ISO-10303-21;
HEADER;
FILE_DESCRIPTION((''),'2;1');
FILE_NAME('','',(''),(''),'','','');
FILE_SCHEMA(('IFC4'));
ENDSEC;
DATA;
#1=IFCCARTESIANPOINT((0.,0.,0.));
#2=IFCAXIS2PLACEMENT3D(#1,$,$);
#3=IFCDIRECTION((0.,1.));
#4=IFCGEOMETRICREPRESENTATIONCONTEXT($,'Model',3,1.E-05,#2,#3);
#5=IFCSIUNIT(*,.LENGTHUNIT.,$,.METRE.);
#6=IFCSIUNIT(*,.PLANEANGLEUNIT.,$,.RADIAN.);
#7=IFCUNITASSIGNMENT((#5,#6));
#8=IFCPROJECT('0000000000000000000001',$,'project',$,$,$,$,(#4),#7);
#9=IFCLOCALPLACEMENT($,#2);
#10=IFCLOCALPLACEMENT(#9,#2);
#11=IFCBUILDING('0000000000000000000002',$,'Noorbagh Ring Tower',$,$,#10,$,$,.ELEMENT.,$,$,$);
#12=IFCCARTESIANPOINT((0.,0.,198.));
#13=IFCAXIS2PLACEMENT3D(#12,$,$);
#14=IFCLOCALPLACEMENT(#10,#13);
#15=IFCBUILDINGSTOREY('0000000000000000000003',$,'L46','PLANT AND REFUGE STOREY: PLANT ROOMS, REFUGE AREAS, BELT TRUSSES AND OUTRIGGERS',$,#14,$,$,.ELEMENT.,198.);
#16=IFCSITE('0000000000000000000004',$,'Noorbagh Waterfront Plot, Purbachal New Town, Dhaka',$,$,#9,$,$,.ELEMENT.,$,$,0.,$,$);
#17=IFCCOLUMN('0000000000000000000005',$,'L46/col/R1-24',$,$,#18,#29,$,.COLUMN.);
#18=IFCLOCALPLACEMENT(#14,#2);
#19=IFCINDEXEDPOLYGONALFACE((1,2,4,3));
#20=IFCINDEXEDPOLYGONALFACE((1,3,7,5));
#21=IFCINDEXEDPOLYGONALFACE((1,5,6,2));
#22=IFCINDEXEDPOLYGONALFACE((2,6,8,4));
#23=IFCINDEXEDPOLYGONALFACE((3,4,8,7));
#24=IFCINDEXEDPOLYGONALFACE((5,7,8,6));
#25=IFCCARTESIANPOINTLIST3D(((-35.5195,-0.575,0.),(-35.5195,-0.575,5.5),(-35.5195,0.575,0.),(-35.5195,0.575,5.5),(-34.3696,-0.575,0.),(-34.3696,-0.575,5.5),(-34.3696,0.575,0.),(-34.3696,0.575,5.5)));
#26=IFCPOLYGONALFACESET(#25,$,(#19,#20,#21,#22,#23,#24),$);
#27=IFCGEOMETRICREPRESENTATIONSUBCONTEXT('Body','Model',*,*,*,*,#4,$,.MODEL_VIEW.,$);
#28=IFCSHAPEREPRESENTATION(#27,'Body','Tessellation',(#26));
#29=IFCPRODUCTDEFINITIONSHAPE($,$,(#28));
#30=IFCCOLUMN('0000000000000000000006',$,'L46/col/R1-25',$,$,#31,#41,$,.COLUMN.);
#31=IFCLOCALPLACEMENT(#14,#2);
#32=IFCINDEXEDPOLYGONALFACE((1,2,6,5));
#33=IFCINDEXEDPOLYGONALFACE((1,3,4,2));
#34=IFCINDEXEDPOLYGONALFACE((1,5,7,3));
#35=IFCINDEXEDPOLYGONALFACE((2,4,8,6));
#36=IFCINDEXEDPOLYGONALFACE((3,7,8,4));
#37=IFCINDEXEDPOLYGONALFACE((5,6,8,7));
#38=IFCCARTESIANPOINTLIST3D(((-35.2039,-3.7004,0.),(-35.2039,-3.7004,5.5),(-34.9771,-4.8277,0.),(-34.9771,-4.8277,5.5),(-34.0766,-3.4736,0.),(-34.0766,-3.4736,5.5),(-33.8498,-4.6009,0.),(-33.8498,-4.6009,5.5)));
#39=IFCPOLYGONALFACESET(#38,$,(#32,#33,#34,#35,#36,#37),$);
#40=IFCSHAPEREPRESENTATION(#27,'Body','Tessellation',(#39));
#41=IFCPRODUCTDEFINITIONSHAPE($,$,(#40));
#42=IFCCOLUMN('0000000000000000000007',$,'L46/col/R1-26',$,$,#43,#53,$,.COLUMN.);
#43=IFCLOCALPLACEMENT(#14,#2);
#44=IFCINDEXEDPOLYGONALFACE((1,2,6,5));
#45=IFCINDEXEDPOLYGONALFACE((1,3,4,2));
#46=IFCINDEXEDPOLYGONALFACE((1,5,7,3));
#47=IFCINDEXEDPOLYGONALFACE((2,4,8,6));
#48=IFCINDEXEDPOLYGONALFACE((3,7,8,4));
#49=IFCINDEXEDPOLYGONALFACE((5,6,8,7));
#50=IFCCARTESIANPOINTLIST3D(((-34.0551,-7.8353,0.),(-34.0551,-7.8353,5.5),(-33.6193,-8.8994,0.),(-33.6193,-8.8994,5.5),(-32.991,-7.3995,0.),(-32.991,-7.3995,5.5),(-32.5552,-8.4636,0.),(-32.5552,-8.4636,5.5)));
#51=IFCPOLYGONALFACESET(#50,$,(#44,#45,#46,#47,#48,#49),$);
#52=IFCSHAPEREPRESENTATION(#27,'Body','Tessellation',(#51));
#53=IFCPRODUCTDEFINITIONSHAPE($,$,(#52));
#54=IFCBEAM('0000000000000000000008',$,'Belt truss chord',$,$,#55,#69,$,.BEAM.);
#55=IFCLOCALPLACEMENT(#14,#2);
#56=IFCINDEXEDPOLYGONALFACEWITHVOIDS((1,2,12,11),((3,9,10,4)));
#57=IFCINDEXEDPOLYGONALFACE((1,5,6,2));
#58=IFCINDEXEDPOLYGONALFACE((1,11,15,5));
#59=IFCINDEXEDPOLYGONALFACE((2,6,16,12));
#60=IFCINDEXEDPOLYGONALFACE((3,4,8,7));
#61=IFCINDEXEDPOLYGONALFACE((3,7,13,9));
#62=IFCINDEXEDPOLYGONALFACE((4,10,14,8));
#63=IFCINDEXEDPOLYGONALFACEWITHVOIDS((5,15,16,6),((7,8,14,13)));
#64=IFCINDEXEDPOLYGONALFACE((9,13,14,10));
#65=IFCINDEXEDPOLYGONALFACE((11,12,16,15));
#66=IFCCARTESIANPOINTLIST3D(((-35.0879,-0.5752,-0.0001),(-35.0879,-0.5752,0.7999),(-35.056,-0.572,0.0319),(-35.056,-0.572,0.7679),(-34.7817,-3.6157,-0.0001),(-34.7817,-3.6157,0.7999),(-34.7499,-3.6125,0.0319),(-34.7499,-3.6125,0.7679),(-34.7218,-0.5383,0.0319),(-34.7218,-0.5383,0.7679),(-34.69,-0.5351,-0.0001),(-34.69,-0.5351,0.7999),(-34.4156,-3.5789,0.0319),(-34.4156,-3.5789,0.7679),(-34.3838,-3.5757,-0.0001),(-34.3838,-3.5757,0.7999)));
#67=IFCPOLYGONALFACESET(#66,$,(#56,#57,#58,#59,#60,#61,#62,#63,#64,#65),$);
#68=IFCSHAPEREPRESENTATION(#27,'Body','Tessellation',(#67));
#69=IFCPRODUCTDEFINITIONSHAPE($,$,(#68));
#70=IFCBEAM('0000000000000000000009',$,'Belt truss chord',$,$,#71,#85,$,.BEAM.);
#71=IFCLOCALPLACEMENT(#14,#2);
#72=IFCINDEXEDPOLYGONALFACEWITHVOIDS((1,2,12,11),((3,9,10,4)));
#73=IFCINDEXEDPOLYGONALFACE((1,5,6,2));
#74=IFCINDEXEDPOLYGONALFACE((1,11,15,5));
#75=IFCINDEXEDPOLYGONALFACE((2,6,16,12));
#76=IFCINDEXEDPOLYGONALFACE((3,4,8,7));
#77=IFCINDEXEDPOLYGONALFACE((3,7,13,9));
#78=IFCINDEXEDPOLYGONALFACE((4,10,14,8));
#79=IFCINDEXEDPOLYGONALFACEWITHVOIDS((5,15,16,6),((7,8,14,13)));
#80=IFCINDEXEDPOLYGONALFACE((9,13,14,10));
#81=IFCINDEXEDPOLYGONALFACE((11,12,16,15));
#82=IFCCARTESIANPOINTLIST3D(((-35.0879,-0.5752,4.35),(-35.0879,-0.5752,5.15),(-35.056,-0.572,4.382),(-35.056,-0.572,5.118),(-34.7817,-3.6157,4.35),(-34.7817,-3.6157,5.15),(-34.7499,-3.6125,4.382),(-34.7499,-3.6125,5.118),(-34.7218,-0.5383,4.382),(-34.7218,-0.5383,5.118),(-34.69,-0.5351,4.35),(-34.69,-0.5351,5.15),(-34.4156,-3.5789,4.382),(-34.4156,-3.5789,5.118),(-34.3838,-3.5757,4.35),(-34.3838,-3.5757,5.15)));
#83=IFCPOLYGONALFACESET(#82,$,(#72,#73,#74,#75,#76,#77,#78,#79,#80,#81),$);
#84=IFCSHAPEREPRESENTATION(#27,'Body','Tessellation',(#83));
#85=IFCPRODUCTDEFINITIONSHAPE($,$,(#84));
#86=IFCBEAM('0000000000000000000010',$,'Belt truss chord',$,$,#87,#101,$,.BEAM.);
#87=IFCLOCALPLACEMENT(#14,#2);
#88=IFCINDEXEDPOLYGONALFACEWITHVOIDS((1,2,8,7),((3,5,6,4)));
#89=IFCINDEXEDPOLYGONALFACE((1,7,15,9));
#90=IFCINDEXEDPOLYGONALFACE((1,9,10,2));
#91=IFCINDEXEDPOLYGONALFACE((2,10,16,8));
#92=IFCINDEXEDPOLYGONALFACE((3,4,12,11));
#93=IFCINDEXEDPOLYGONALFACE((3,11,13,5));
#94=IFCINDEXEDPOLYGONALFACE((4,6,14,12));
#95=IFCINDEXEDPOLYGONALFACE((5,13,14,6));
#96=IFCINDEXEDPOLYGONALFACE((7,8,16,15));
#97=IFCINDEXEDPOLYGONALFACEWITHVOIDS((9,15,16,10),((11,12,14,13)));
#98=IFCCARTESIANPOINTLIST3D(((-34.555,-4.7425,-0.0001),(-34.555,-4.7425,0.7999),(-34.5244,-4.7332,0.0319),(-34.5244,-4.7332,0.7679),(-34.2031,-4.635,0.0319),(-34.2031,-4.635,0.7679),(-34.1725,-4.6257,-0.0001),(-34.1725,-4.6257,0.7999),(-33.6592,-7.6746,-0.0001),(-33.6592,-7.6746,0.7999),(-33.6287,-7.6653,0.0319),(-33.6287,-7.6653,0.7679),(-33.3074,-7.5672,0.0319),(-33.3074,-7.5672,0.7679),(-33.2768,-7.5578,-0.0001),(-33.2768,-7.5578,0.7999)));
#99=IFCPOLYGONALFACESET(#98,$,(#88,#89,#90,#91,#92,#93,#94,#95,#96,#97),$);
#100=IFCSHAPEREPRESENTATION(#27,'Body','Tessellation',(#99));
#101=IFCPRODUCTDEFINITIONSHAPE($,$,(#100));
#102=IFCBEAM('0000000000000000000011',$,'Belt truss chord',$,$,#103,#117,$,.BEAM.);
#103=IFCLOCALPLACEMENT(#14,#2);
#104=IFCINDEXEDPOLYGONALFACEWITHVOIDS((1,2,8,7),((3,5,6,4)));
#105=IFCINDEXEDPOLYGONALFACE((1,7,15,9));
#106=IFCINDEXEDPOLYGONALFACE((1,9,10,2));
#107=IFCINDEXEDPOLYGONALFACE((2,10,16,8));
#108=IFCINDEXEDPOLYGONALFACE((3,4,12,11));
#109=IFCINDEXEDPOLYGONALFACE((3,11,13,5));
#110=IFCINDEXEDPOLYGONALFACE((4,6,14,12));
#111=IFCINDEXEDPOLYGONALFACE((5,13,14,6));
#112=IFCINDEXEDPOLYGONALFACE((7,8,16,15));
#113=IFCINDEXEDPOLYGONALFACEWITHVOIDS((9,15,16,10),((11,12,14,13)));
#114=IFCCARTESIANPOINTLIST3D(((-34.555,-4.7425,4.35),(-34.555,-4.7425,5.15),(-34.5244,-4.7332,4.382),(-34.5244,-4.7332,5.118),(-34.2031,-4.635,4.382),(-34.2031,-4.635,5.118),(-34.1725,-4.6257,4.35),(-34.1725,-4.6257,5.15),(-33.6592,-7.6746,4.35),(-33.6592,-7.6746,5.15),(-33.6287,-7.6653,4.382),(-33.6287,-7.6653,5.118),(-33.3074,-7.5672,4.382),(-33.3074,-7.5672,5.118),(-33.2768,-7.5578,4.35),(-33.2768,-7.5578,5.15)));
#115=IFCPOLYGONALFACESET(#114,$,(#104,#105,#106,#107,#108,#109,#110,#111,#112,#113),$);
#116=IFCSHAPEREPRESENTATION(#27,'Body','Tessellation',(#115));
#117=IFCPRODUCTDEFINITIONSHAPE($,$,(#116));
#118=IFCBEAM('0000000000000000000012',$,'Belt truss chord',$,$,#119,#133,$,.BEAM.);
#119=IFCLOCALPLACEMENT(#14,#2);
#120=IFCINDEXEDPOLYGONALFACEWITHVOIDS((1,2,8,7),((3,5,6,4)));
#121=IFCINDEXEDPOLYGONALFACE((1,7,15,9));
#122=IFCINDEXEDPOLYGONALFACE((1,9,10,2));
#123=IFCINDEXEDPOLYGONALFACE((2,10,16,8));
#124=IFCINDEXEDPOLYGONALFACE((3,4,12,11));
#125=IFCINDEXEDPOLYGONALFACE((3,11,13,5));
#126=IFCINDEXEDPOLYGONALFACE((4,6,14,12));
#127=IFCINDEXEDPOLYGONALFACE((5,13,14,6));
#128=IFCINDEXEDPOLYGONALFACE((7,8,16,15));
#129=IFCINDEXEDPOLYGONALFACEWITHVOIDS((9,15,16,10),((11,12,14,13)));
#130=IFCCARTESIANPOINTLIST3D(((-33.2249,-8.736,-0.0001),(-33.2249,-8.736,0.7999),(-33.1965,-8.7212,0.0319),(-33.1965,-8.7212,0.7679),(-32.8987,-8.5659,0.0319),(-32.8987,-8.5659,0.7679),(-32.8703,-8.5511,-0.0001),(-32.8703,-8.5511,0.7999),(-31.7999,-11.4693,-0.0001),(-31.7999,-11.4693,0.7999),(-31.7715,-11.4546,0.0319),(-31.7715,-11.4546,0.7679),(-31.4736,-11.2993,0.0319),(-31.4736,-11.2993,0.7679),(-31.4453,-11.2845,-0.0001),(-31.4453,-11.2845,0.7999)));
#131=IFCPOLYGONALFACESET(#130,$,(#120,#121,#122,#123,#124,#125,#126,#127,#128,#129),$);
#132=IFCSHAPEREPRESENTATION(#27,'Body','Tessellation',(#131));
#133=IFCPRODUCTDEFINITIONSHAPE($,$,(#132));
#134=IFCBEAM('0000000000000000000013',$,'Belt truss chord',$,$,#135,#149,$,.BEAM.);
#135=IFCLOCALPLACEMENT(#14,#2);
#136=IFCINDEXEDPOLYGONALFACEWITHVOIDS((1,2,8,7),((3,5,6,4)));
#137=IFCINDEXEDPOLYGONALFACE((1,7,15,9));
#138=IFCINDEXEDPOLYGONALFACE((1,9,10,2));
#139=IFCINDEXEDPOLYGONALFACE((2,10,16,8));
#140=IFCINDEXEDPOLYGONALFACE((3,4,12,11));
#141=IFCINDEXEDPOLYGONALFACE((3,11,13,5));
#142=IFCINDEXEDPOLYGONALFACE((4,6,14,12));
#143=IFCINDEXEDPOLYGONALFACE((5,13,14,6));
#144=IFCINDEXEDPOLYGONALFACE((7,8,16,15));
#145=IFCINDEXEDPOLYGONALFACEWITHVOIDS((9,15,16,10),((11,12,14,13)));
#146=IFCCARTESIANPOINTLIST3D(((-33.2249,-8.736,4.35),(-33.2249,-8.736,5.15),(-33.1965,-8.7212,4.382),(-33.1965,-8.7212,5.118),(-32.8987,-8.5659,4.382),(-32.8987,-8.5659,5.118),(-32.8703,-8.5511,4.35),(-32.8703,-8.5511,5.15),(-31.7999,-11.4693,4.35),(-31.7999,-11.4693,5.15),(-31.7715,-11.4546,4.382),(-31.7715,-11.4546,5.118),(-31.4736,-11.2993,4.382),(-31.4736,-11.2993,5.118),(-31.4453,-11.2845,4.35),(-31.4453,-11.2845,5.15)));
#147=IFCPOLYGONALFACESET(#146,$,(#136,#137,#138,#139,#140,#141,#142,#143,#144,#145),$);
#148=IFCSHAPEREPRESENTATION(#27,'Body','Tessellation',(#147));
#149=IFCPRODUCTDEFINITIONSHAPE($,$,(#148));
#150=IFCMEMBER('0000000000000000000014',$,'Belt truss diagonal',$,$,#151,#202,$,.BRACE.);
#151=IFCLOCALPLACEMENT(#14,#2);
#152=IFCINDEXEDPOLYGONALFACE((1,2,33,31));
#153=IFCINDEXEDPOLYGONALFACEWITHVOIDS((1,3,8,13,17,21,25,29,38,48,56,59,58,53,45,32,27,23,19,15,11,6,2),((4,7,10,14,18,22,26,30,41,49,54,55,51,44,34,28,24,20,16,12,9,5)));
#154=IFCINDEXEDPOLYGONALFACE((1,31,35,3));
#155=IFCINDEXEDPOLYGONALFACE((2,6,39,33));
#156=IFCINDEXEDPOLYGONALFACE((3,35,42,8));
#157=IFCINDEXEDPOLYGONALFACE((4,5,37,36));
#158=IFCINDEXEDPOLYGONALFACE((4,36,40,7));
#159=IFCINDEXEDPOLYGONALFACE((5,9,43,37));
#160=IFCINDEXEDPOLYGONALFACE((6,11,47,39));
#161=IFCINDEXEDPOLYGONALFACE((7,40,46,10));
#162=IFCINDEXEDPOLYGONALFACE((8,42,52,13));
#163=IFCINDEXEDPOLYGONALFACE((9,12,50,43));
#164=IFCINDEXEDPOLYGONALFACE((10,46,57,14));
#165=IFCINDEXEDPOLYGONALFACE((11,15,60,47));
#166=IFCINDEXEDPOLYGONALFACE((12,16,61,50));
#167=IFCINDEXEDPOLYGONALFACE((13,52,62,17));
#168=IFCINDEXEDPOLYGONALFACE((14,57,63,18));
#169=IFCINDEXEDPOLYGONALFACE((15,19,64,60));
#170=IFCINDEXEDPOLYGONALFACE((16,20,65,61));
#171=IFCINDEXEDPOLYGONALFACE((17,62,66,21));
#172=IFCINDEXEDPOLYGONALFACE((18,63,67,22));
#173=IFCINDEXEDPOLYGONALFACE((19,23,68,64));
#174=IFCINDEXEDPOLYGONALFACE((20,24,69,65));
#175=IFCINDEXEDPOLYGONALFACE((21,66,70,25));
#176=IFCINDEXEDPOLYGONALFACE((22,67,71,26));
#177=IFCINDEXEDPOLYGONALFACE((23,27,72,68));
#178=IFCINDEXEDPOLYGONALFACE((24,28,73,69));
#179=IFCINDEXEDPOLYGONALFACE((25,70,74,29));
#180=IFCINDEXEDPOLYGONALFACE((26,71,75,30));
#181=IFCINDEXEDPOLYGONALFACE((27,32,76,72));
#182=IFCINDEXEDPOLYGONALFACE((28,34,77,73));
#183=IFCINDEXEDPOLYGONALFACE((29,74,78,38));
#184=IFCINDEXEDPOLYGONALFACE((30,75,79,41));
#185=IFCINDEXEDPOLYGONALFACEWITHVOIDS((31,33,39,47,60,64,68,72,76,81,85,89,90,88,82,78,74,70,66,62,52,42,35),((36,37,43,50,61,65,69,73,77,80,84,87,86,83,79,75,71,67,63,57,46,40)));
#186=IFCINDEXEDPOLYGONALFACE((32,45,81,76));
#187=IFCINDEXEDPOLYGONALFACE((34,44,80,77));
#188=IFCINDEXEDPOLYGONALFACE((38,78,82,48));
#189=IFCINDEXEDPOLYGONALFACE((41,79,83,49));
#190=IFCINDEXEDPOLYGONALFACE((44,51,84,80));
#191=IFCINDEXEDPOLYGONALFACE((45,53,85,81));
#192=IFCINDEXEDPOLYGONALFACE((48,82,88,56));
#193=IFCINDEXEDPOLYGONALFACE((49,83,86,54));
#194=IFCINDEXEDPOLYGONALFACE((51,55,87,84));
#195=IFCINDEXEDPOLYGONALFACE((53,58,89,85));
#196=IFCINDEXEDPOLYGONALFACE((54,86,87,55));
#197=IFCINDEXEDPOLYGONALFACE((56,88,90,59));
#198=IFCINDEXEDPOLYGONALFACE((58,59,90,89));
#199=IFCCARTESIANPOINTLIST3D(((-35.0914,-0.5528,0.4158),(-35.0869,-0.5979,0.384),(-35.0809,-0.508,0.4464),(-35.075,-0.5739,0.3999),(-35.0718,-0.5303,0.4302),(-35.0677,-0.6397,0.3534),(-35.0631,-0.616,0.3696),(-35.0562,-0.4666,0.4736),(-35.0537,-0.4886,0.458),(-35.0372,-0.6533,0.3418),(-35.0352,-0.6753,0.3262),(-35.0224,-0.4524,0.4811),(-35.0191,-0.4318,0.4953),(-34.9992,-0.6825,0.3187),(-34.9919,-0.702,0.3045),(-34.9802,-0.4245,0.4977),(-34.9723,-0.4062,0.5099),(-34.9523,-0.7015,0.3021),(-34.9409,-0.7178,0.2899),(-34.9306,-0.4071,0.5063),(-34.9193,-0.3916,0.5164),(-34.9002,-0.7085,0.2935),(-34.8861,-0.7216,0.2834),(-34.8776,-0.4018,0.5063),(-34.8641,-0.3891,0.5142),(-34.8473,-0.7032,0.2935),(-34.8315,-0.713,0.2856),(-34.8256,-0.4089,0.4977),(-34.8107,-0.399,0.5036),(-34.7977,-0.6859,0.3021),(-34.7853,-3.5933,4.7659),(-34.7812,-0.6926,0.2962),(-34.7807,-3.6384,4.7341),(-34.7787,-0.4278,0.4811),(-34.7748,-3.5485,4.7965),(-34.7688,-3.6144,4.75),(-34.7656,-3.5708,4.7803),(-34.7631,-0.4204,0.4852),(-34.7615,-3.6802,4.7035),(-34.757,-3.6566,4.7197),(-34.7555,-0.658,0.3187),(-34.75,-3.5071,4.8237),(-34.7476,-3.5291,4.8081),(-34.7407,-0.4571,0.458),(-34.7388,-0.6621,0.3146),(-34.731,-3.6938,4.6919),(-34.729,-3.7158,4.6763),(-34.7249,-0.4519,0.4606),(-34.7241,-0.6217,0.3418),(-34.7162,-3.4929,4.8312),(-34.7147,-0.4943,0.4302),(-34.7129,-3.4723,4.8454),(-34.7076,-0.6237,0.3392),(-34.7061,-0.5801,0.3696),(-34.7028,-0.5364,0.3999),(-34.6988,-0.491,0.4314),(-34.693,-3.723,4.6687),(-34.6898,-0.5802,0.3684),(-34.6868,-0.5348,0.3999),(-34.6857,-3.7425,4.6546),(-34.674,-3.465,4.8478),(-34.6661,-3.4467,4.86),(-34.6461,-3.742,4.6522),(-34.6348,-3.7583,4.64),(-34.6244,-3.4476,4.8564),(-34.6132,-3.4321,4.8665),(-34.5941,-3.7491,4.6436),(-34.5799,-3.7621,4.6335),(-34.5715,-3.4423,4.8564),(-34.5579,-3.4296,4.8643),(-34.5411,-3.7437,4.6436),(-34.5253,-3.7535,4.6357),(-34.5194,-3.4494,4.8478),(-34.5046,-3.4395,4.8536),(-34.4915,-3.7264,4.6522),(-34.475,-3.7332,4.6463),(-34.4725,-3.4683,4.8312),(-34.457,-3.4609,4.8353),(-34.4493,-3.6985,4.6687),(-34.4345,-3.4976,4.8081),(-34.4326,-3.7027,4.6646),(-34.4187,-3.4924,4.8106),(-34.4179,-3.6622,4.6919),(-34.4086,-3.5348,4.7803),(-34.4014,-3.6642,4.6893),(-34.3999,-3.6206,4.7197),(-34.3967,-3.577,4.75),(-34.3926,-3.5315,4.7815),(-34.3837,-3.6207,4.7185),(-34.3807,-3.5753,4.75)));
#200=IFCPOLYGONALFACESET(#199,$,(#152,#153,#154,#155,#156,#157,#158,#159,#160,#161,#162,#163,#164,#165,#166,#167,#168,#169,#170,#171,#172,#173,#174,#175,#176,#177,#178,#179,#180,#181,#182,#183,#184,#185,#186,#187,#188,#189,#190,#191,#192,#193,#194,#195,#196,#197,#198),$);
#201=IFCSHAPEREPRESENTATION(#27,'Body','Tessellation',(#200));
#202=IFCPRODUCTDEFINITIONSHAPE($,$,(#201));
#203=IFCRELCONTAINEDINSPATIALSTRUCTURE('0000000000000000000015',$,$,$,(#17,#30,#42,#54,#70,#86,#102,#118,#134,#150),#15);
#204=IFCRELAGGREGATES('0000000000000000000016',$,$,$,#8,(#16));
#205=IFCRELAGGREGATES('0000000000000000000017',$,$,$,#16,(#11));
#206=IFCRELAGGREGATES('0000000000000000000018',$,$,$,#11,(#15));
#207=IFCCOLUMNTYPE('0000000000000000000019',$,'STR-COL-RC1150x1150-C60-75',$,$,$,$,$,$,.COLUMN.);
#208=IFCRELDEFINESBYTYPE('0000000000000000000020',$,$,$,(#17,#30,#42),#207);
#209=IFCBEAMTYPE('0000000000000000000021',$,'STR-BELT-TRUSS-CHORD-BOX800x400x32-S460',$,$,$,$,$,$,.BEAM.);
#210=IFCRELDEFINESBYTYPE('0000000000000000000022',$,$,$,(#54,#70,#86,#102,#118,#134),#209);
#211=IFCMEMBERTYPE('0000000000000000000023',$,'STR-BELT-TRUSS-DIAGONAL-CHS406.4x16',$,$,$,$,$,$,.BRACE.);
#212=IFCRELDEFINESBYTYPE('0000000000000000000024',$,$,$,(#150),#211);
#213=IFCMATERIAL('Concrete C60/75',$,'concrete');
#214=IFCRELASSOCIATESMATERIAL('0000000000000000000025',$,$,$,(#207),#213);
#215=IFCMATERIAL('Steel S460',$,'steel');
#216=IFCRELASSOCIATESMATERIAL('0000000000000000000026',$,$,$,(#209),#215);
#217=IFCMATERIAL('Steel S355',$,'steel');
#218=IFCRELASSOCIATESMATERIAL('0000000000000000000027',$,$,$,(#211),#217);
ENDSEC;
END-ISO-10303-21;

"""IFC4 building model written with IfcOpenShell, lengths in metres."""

from ifc_helpers import new_model, si_unit, direction, frame, origin, origin_2d, place, context, subcontext, project, spatial, rectangle, hollow_rectangle, hollow_circle, extrude, material, material_profile, profile_set, type_object, element, save


model = new_model("IFC4")

# Units and contexts
model_context = context("Model", 3, precision=1e-05, world=origin(), true_north=direction((0.0, 1.0)))
body_context = subcontext(model_context, "Body", "Model", "MODEL_VIEW")
ifc_project = project(units=[si_unit("LENGTHUNIT", "METRE"), si_unit("PLANEANGLEUNIT", "RADIAN")], contexts=[model_context])

# Site, building, storey
site_placement = place(None, origin())
site = spatial("IfcSite", under=ifc_project, at=site_placement, Name="Noorbagh Waterfront Plot, Purbachal New Town, Dhaka", CompositionType="ELEMENT", RefElevation=0.0)
building_placement = place(site_placement, origin())
building = spatial("IfcBuilding", under=site, at=building_placement, Name="Noorbagh Ring Tower", CompositionType="ELEMENT")
storey_placement = place(building_placement, frame((0.0, 0.0, 198.0)))
storey = spatial("IfcBuildingStorey", under=building, at=storey_placement, Name="L46", Description="PLANT AND REFUGE STOREY: PLANT ROOMS, REFUGE AREAS, BELT TRUSSES AND OUTRIGGERS", CompositionType="ELEMENT", Elevation=198.0)

# Columns
ifc_material_1 = material(Name="Concrete C60/75", Category="concrete")
ifc_material_profile_1 = material_profile(ifc_material_1, rectangle(XDim=1.1499, YDim=1.1499, at=origin_2d()), Name="RC1150x1150")
ifc_profile_set_1 = profile_set([ifc_material_profile_1], Name="Concrete C60/75")
column_type = type_object("IfcColumnType", Name="STR-COL-RC1150x1150-C60-75", PredefinedType="COLUMN", material=ifc_profile_set_1)
for number, where, z_axis, x_axis, name in (
    (1, (-34.9446, 0.0, 0.0), (0.0, 0.0, 1.0), (0.0, -1.0, 0.0), "L46/col/R1-24"),
    (2, (-34.5269, -4.1506, 0.0), (0.0, 0.0, 1.0), (0.19723, -0.980357, 0.0), "L46/col/R1-25"),
    (3, (-33.3052, -8.1494, 0.0), (0.0, 0.0, 1.0), (0.378989, -0.925401, 0.0), "L46/col/R1-26"),
):
    element("IfcColumn", number, at=place(storey_placement, frame(where, z_axis=z_axis, x_axis=x_axis)), inside=storey, type_object=column_type, Name=name, PredefinedType="COLUMN", context=body_context, shape_type="SweptSolid", body=[
        extrude(rectangle(XDim=1.1499, YDim=1.1499, at=origin_2d()), origin(), (0.0, 0.0, 1.0), 5.5),
    ])

# Beams
ifc_material_2 = material(Name="Steel S460", Category="steel")
ifc_material_profile_2 = material_profile(ifc_material_2, hollow_rectangle(XDim=0.3999, YDim=0.8, WallThickness=0.032, at=origin_2d()), Name="BOX800x400x32")
ifc_profile_set_2 = profile_set([ifc_material_profile_2], Name="Steel S460")
beam_type_1 = type_object("IfcBeamType", Name="STR-BELT-TRUSS-CHORD-BOX800x400x32-S460", PredefinedType="BEAM", material=ifc_profile_set_2)
for number, where, z_axis, x_axis, name in (
    (4, (-34.8889, -0.5552, 0.3999), (0.100184, -0.994969, 0.0), (0.994969, 0.100184, 0.0), "Belt truss chord"),
    (5, (-34.8889, -0.5552, 4.75), (0.100184, -0.994969, 0.0), (0.994969, 0.100184, 0.0), "Belt truss chord"),
):
    element("IfcBeam", number, at=place(storey_placement, frame(where, z_axis=z_axis, x_axis=x_axis)), inside=storey, type_object=beam_type_1, Name=name, PredefinedType="BEAM", context=body_context, shape_type="SweptSolid", body=[
        extrude(hollow_rectangle(XDim=0.3999, YDim=0.8, WallThickness=0.032, at=origin_2d()), origin(), (0.0, 0.0, 1.0), 3.0559),
    ])
for number, where, z_axis, x_axis, name in (
    (6, (-34.3638, -4.6841, 0.3999), (0.292166, -0.956368, 0.0), (0.956368, 0.292166, 0.0), "Belt truss chord"),
    (7, (-34.3638, -4.6841, 4.75), (0.292166, -0.956368, 0.0), (0.956368, 0.292166, 0.0), "Belt truss chord"),
):
    element("IfcBeam", number, at=place(storey_placement, frame(where, z_axis=z_axis, x_axis=x_axis)), inside=storey, type_object=beam_type_1, Name=name, PredefinedType="BEAM", context=body_context, shape_type="SweptSolid", body=[
        extrude(hollow_rectangle(XDim=0.3999, YDim=0.8, WallThickness=0.032, at=origin_2d()), origin(), (0.0, 0.0, 1.0), 3.0659),
    ])
for number, where, z_axis, x_axis, name in (
    (8, (-33.0476, -8.6436, 0.3999), (0.462293, -0.886727, 0.0), (0.886727, 0.462293, 0.0), "Belt truss chord"),
    (9, (-33.0476, -8.6436, 4.75), (0.462293, -0.886727, 0.0), (0.886727, 0.462293, 0.0), "Belt truss chord"),
):
    element("IfcBeam", number, at=place(storey_placement, frame(where, z_axis=z_axis, x_axis=x_axis)), inside=storey, type_object=beam_type_1, Name=name, PredefinedType="BEAM", context=body_context, shape_type="SweptSolid", body=[
        extrude(hollow_rectangle(XDim=0.3999, YDim=0.8, WallThickness=0.032, at=origin_2d()), origin(), (0.0, 0.0, 1.0), 3.0825),
    ])

# Member
ifc_material_3 = material(Name="Steel S355", Category="steel")
ifc_material_profile_3 = material_profile(ifc_material_3, hollow_circle(Radius=0.2031, WallThickness=0.0161, at=origin_2d()), Name="CHS406.4x16")
ifc_profile_set_3 = profile_set([ifc_material_profile_3], Name="Steel S355")
member_type_1 = type_object("IfcMemberType", Name="STR-BELT-TRUSS-DIAGONAL-CHS406.4x16", PredefinedType="BRACE", material=ifc_profile_set_3)
member_1_placement = place(storey_placement, frame((-34.8889, -0.5552, 0.3999), z_axis=(0.057589, -0.571937, 0.818273), x_axis=(0.994969, 0.100184, 0.0)))
element("IfcMember", 10, at=member_1_placement, inside=storey, type_object=member_type_1, Name="Belt truss diagonal", PredefinedType="BRACE", context=body_context, shape_type="SweptSolid", body=[
    extrude(hollow_circle(Radius=0.2031, WallThickness=0.0161, at=origin_2d()), origin(), (0.0, 0.0, 1.0), 5.3162),
])

save(model, "model.ifc")
